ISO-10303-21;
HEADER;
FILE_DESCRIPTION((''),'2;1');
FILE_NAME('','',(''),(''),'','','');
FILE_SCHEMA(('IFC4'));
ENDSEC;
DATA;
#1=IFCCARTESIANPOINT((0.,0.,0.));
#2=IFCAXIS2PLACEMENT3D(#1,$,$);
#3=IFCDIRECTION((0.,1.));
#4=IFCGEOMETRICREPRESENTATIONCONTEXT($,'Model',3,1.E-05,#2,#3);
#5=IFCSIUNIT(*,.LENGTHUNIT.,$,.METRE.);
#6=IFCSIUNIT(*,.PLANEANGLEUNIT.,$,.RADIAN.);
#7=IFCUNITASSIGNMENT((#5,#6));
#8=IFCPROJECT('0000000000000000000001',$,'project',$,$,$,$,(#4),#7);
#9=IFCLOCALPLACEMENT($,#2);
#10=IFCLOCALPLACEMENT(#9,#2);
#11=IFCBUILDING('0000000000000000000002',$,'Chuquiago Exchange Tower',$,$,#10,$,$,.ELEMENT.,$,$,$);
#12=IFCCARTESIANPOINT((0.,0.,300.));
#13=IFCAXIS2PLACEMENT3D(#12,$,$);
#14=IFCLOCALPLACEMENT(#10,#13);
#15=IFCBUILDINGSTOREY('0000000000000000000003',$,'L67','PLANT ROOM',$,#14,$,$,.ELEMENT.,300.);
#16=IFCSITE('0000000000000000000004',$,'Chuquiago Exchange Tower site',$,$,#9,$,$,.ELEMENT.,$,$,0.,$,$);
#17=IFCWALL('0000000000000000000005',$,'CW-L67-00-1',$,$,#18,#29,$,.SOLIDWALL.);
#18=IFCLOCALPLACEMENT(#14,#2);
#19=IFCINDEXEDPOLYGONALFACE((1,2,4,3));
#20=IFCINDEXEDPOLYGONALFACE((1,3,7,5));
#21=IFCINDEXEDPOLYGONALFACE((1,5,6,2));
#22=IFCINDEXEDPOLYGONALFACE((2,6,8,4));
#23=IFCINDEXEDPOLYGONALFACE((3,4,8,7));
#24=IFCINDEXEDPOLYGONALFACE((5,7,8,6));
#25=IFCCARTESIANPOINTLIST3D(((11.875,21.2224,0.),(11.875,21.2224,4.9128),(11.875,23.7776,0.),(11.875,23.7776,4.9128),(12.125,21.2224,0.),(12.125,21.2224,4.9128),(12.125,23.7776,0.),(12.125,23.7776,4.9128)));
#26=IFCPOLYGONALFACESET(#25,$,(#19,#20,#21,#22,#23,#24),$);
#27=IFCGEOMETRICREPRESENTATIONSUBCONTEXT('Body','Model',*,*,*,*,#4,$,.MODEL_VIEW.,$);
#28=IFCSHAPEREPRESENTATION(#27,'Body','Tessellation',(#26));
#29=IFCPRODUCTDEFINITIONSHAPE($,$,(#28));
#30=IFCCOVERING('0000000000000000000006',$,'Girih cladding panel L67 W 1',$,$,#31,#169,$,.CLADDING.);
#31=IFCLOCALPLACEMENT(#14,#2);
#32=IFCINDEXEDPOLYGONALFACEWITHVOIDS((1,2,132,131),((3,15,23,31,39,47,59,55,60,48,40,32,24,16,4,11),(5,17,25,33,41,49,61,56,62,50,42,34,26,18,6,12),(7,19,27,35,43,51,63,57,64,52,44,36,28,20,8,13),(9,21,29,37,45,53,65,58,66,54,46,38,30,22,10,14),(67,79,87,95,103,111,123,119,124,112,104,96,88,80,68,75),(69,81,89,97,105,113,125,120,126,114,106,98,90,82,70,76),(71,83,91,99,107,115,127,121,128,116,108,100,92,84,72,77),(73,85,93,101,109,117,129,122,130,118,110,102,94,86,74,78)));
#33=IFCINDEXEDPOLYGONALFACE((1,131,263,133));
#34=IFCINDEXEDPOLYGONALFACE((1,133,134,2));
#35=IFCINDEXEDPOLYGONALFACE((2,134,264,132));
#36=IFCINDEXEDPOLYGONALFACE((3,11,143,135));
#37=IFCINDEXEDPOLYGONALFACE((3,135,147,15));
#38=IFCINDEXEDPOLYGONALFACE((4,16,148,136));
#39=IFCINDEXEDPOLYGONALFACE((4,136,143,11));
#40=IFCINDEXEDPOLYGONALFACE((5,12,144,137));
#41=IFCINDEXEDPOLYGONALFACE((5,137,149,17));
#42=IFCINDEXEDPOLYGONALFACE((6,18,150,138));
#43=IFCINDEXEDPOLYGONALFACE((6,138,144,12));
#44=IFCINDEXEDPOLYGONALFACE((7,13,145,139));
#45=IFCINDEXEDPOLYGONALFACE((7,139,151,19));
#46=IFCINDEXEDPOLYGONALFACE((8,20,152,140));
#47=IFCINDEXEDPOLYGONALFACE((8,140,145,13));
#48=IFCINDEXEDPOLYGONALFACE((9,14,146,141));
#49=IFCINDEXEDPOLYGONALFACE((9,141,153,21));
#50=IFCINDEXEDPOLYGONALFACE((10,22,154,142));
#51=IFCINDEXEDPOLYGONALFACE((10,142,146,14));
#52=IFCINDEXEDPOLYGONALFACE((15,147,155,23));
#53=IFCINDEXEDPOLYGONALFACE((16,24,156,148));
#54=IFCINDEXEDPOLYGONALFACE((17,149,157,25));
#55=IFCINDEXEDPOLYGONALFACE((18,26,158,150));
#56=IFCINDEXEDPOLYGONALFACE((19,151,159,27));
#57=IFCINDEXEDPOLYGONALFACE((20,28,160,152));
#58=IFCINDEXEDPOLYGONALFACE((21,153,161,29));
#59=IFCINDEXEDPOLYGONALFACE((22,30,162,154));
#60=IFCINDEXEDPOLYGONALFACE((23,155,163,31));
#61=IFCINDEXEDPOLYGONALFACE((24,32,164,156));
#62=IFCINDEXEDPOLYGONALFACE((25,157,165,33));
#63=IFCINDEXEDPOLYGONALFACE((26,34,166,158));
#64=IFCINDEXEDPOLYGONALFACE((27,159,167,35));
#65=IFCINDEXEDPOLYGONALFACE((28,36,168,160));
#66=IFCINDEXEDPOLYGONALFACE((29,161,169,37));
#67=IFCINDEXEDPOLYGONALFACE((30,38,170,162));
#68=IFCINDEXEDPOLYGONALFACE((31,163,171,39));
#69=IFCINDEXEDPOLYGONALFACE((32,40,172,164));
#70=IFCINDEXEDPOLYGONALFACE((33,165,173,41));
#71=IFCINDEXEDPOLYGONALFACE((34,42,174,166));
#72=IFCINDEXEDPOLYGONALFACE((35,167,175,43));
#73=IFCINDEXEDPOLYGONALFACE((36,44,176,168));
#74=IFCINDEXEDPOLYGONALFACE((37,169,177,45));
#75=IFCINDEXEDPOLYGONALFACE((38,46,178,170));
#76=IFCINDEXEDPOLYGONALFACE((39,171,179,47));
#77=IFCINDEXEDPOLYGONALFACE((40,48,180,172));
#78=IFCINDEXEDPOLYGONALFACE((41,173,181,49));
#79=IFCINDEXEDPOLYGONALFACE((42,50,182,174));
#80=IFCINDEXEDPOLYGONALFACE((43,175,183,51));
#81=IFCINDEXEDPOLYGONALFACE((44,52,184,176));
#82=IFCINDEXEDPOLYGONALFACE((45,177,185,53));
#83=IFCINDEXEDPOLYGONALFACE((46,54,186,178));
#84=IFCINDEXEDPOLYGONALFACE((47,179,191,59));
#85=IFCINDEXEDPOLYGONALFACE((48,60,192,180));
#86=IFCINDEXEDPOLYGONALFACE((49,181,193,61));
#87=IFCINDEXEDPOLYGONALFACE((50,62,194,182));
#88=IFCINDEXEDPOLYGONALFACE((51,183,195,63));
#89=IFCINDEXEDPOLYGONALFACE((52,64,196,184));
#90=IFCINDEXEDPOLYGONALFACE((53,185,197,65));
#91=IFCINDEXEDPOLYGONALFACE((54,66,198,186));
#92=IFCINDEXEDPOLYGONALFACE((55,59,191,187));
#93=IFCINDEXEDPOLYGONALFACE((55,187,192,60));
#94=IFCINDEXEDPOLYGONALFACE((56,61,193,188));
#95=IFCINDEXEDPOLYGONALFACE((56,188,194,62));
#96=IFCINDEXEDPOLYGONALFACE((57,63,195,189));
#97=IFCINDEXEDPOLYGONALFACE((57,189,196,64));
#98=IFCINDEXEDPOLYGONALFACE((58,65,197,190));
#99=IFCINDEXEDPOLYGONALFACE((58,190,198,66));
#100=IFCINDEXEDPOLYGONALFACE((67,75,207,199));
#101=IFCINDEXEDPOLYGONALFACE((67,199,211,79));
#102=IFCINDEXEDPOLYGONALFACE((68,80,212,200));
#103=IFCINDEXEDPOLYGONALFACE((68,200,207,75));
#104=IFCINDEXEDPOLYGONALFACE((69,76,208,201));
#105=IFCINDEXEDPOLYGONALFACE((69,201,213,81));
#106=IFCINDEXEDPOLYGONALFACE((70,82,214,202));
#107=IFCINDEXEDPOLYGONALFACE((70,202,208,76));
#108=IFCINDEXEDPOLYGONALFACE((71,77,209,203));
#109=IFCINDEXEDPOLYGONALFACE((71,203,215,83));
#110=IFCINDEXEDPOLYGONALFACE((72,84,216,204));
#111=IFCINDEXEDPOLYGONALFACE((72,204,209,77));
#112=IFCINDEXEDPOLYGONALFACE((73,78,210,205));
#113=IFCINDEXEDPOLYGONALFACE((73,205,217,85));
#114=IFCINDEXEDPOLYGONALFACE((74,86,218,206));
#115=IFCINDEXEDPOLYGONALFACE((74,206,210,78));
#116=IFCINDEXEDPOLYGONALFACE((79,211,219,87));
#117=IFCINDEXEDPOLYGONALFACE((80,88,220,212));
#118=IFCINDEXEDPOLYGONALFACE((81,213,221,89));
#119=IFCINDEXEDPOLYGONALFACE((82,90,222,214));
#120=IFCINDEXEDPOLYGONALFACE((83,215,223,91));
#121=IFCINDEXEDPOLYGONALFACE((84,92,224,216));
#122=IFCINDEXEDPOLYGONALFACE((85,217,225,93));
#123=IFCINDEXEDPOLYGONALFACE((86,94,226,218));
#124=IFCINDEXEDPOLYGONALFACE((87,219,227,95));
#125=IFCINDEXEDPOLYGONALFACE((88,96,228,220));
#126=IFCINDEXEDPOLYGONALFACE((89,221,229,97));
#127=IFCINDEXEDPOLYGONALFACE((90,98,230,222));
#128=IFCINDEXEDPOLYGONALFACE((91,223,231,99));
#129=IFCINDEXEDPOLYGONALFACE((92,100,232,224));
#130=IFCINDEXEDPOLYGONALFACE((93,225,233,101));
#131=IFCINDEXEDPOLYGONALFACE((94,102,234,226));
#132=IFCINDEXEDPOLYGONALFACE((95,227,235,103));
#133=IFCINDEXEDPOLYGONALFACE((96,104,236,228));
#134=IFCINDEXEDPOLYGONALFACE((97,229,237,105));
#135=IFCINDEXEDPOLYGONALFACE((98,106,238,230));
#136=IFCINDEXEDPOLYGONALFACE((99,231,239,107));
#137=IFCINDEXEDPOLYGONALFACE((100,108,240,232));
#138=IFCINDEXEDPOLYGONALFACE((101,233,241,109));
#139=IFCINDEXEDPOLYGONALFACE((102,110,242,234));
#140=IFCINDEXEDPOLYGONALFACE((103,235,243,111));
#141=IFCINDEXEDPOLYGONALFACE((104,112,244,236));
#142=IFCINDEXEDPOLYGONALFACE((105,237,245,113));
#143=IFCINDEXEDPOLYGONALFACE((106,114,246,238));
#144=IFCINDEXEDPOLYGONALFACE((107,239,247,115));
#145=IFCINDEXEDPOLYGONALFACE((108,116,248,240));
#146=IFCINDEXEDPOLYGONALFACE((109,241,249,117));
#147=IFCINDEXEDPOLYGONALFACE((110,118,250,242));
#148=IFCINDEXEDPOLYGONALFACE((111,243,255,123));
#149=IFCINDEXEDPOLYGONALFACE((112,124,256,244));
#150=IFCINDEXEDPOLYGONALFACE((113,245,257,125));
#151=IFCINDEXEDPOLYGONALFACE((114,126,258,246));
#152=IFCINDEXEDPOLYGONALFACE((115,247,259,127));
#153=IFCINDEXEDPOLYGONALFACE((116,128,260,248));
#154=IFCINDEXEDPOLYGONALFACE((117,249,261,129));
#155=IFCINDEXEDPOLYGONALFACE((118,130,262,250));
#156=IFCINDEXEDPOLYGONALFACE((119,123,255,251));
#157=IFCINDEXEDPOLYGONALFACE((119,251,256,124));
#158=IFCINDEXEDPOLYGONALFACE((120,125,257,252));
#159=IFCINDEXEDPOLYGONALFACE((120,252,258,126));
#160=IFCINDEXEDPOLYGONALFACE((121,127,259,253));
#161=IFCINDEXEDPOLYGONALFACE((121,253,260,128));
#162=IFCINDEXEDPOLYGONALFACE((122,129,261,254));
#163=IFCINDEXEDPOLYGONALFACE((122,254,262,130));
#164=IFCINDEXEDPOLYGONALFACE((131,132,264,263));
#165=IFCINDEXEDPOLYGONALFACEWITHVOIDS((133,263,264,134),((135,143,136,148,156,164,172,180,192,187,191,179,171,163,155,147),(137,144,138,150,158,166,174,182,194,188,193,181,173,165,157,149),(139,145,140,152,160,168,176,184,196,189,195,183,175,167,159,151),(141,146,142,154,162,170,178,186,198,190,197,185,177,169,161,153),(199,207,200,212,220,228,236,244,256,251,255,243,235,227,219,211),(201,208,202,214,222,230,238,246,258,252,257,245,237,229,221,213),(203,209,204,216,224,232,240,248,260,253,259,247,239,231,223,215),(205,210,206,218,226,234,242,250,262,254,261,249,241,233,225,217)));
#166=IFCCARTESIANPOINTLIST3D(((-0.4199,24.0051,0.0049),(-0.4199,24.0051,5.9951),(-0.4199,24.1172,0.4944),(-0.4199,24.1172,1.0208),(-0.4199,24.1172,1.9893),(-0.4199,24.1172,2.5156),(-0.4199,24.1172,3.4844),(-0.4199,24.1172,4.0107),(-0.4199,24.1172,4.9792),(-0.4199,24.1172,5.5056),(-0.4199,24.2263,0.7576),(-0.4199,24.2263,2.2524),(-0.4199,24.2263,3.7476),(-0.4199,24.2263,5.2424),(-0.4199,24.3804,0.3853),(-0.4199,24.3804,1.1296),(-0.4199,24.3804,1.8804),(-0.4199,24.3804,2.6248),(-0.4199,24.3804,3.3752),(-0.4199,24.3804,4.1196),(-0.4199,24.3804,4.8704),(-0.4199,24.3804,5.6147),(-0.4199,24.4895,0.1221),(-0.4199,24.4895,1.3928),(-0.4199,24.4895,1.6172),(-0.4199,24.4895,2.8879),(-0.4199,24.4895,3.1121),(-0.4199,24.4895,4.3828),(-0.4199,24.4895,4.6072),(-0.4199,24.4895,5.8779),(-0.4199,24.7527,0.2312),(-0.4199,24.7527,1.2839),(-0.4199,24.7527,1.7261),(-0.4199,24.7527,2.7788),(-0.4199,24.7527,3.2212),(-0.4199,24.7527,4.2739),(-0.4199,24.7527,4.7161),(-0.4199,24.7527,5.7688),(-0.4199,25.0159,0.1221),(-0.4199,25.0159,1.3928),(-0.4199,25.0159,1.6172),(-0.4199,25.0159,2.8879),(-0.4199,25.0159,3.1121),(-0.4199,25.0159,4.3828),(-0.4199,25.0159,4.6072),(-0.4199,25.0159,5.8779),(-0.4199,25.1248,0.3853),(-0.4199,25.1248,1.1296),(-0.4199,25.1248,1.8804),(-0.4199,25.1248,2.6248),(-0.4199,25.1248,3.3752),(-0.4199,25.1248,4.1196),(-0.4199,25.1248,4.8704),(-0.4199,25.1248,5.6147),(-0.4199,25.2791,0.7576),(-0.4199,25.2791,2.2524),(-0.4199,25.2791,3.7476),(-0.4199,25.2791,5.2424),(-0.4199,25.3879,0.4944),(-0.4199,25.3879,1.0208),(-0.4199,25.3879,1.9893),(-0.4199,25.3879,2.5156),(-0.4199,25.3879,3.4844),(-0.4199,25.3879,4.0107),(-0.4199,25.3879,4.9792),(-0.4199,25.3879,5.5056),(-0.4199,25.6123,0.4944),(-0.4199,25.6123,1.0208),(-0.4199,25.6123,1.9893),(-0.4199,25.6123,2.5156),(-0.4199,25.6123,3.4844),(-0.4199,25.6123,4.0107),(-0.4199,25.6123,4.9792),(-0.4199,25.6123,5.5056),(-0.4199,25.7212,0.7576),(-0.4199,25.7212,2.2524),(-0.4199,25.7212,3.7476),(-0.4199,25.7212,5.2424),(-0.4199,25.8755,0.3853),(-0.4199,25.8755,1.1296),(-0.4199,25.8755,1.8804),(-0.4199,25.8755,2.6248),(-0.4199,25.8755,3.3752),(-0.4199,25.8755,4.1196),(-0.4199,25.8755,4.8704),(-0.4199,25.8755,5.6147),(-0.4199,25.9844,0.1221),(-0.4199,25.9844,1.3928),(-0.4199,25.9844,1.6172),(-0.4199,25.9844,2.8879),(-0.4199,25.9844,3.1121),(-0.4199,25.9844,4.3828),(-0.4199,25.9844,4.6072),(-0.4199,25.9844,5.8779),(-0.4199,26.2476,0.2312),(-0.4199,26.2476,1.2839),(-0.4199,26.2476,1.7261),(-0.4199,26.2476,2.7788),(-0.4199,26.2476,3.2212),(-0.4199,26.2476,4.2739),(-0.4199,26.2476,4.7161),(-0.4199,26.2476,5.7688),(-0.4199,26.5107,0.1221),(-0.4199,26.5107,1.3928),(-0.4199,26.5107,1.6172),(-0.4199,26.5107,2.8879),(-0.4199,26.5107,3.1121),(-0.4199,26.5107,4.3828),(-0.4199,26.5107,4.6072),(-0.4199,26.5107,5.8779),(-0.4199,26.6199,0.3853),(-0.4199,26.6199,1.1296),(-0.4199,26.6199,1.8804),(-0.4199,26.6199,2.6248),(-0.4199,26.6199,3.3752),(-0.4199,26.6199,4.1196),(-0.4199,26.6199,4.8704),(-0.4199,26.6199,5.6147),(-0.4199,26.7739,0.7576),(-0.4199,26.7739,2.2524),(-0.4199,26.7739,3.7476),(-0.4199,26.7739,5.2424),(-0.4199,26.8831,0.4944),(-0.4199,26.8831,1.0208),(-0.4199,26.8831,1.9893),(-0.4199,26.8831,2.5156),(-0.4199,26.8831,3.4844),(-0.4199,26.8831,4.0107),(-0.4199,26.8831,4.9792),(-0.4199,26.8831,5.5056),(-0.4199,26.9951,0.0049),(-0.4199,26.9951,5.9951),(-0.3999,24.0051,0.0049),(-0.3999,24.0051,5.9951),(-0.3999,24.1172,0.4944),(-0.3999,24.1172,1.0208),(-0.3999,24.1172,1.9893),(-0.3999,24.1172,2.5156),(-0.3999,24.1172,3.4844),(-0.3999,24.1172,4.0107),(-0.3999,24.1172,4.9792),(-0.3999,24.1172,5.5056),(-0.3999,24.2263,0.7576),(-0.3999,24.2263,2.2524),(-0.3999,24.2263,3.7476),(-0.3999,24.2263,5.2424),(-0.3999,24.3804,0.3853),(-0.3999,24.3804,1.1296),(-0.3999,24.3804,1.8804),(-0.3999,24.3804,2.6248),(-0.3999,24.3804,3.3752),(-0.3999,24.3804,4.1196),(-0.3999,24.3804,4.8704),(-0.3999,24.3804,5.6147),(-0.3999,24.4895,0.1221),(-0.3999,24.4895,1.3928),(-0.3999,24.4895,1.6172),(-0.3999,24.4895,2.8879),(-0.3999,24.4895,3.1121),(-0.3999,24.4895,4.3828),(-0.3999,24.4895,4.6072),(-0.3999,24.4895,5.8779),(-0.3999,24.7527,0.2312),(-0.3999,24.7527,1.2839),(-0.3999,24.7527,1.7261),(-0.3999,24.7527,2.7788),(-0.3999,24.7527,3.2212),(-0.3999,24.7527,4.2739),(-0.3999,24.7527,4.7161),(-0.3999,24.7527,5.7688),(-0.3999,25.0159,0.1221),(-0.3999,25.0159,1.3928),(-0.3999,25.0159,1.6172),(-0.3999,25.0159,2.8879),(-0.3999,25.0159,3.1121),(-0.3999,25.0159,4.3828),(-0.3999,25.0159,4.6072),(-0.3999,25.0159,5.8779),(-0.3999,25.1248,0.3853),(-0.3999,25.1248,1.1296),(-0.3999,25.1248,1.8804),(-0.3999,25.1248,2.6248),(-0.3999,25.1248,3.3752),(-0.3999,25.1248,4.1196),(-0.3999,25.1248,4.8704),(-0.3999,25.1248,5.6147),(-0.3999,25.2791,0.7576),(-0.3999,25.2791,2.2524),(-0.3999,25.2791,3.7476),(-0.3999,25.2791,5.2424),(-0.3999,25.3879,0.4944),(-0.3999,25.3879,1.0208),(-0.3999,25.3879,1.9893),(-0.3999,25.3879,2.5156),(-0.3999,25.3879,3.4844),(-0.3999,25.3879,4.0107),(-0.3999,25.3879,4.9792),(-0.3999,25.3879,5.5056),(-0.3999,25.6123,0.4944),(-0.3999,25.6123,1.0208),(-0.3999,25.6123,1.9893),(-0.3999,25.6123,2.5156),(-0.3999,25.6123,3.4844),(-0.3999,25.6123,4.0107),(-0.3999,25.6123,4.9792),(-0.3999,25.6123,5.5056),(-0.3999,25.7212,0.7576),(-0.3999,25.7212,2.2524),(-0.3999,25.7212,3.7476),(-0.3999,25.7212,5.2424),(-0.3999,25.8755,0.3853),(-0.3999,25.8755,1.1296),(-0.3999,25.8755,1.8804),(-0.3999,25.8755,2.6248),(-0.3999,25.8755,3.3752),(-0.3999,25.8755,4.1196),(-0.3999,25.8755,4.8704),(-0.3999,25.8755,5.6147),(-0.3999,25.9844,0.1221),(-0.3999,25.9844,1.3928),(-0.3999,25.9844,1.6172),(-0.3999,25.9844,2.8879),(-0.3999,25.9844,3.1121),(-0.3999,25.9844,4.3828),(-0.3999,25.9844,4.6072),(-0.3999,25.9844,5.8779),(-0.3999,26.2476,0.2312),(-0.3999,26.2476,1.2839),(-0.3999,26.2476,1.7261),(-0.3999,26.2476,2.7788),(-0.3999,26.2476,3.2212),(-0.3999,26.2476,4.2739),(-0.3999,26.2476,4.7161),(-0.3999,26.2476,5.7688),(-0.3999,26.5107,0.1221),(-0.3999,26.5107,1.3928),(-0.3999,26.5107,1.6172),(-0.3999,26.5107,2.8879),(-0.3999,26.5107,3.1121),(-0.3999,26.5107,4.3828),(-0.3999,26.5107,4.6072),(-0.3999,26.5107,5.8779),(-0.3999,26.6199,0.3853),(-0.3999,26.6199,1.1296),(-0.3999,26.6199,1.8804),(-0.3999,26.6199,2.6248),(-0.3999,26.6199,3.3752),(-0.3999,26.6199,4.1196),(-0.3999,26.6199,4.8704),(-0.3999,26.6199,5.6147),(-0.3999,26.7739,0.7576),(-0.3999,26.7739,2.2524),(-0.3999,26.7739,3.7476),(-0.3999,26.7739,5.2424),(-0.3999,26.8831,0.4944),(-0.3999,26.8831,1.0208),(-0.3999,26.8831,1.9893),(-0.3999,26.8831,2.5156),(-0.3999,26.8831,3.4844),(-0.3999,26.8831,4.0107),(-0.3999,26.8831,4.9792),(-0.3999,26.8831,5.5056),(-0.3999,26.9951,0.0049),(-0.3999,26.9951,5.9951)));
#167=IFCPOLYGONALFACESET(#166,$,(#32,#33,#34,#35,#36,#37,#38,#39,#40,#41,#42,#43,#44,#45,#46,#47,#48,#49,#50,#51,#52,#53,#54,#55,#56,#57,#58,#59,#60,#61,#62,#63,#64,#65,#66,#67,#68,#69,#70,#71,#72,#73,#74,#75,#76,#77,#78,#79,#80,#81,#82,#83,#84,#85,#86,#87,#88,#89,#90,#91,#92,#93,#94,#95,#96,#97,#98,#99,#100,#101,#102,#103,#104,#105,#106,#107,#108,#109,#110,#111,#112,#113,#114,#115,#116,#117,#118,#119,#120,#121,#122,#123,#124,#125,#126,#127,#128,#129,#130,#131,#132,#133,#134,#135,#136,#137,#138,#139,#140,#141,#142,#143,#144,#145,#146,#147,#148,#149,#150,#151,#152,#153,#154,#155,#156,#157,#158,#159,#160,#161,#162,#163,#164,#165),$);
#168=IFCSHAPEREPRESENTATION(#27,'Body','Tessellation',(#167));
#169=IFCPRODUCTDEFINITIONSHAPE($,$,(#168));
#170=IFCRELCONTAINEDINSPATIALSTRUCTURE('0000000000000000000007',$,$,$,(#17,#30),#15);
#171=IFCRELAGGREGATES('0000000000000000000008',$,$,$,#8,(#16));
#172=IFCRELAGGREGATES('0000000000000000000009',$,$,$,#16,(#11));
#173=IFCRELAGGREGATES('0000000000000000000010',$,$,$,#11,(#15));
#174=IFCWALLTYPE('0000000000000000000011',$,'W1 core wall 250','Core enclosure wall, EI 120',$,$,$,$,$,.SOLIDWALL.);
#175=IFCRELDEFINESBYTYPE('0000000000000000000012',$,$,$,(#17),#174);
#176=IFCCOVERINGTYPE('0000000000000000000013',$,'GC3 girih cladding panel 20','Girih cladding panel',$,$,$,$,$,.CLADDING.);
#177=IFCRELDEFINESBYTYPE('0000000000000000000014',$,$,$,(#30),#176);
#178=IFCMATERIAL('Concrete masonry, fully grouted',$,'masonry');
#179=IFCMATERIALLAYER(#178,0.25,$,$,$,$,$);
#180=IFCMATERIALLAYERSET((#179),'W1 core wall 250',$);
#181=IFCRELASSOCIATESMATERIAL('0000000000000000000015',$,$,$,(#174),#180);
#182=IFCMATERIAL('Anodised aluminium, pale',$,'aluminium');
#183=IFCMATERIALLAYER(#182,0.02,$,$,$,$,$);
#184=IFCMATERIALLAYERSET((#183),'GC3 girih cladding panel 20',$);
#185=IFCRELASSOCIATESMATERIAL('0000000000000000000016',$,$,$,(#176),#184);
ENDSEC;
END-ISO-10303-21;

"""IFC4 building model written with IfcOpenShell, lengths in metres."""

from ifc_helpers import new_model, si_unit, direction, frame, frame_2d, origin, place, context, subcontext, project, spatial, polyline, rectangle, outline, extrude, material, layer, layer_set, type_object, element, save


model = new_model("IFC4")

# Units and contexts
model_context = context("Model", 3, precision=1e-05, world=origin(), true_north=direction((0.0, 1.0)))
body_context = subcontext(model_context, "Body", "Model", "MODEL_VIEW")
ifc_project = project(units=[si_unit("LENGTHUNIT", "METRE"), si_unit("PLANEANGLEUNIT", "RADIAN")], contexts=[model_context])

# Site, building, storey
site_placement = place(None, origin())
site = spatial("IfcSite", under=ifc_project, at=site_placement, Name="Chuquiago Exchange Tower site", CompositionType="ELEMENT", RefElevation=0.0)
building_placement = place(site_placement, origin())
building = spatial("IfcBuilding", under=site, at=building_placement, Name="Chuquiago Exchange Tower", CompositionType="ELEMENT")
storey_placement = place(building_placement, frame((0.0, 0.0, 300.0)))
storey = spatial("IfcBuildingStorey", under=building, at=storey_placement, Name="L67", Description="PLANT ROOM", CompositionType="ELEMENT", Elevation=300.0)

# Wall
ifc_material_1 = material(Name="Concrete masonry, fully grouted", Category="masonry")
ifc_layer_1 = layer(ifc_material_1, 0.25)
ifc_layer_set_1 = layer_set([ifc_layer_1], Name="W1 core wall 250")
wall_type = type_object("IfcWallType", Name="W1 core wall 250", Description="Core enclosure wall, EI 120", PredefinedType="SOLIDWALL", material=ifc_layer_set_1)
wall_placement = place(storey_placement, frame((12.0, 21.2224, 0.0), z_axis=(0.0, 0.0, 1.0), x_axis=(0.0, 1.0, 0.0)))
element("IfcWall", 1, at=wall_placement, inside=storey, type_object=wall_type, Name="CW-L67-00-1", PredefinedType="SOLIDWALL", context=body_context, shape_type="SweptSolid", body=[
    extrude(rectangle(XDim=2.5552, YDim=0.25, at=frame_2d((1.2776, 0.0))), origin(), (0.0, 0.0, 1.0), 4.9128),
])

# Covering
ifc_material_2 = material(Name="Anodised aluminium, pale", Category="aluminium")
ifc_layer_2 = layer(ifc_material_2, 0.02)
ifc_layer_set_2 = layer_set([ifc_layer_2], Name="GC3 girih cladding panel 20")
covering_type_1 = type_object("IfcCoveringType", Name="GC3 girih cladding panel 20", Description="Girih cladding panel", PredefinedType="CLADDING", material=ifc_layer_set_2)
covering_1_placement = place(storey_placement, frame((-0.3999, 26.9951, 0.0049), z_axis=(0.0, 0.0, 1.0), x_axis=(0.0, -1.0, 0.0)))
element("IfcCovering", 2, at=covering_1_placement, inside=storey, type_object=covering_type_1, Name="Girih cladding panel L67 W 1", PredefinedType="CLADDING", context=body_context, shape_type="SweptSolid", body=[
    extrude(outline(polyline([(0.0, 0.0), (2.99, 0.0), (2.99, 5.9902), (0.0, 5.9902), (0.0, 0.0)]), holes=[polyline([(1.2739, 0.7527), (1.3828, 1.0159), (1.1196, 1.1248), (1.0107, 1.3879), (0.7476, 1.2791), (0.4844, 1.3879), (0.3752, 1.1248), (0.1121, 1.0159), (0.2212, 0.7527), (0.1121, 0.4895), (0.3752, 0.3804), (0.4844, 0.1172), (0.7476, 0.2263), (1.0107, 0.1172), (1.1196, 0.3804), (1.3828, 0.4895), (1.2739, 0.7527)]), polyline([(2.7688, 0.7527), (2.8779, 1.0159), (2.6147, 1.1248), (2.5056, 1.3879), (2.2424, 1.2791), (1.9792, 1.3879), (1.8704, 1.1248), (1.6072, 1.0159), (1.7161, 0.7527), (1.6072, 0.4895), (1.8704, 0.3804), (1.9792, 0.1172), (2.2424, 0.2263), (2.5056, 0.1172), (2.6147, 0.3804), (2.8779, 0.4895), (2.7688, 0.7527)]), polyline([(1.2739, 2.2476), (1.3828, 2.5107), (1.1196, 2.6199), (1.0107, 2.8831), (0.7476, 2.7739), (0.4844, 2.8831), (0.3752, 2.6199), (0.1121, 2.5107), (0.2212, 2.2476), (0.1121, 1.9844), (0.3752, 1.8755), (0.4844, 1.6123), (0.7476, 1.7212), (1.0107, 1.6123), (1.1196, 1.8755), (1.3828, 1.9844), (1.2739, 2.2476)]), polyline([(2.7688, 2.2476), (2.8779, 2.5107), (2.6147, 2.6199), (2.5056, 2.8831), (2.2424, 2.7739), (1.9792, 2.8831), (1.8704, 2.6199), (1.6072, 2.5107), (1.7161, 2.2476), (1.6072, 1.9844), (1.8704, 1.8755), (1.9792, 1.6123), (2.2424, 1.7212), (2.5056, 1.6123), (2.6147, 1.8755), (2.8779, 1.9844), (2.7688, 2.2476)]), polyline([(1.2739, 3.7427), (1.3828, 4.0059), (1.1196, 4.1147), (1.0107, 4.3779), (0.7476, 4.269), (0.4844, 4.3779), (0.3752, 4.1147), (0.1121, 4.0059), (0.2212, 3.7427), (0.1121, 3.4795), (0.3752, 3.3704), (0.4844, 3.1072), (0.7476, 3.2163), (1.0107, 3.1072), (1.1196, 3.3704), (1.3828, 3.4795), (1.2739, 3.7427)]), polyline([(2.7688, 3.7427), (2.8779, 4.0059), (2.6147, 4.1147), (2.5056, 4.3779), (2.2424, 4.269), (1.9792, 4.3779), (1.8704, 4.1147), (1.6072, 4.0059), (1.7161, 3.7427), (1.6072, 3.4795), (1.8704, 3.3704), (1.9792, 3.1072), (2.2424, 3.2163), (2.5056, 3.1072), (2.6147, 3.3704), (2.8779, 3.4795), (2.7688, 3.7427)]), polyline([(1.2739, 5.2375), (1.3828, 5.5007), (1.1196, 5.6099), (1.0107, 5.873), (0.7476, 5.7639), (0.4844, 5.873), (0.3752, 5.6099), (0.1121, 5.5007), (0.2212, 5.2375), (0.1121, 4.9744), (0.3752, 4.8655), (0.4844, 4.6023), (0.7476, 4.7112), (1.0107, 4.6023), (1.1196, 4.8655), (1.3828, 4.9744), (1.2739, 5.2375)]), polyline([(2.7688, 5.2375), (2.8779, 5.5007), (2.6147, 5.6099), (2.5056, 5.873), (2.2424, 5.7639), (1.9792, 5.873), (1.8704, 5.6099), (1.6072, 5.5007), (1.7161, 5.2375), (1.6072, 4.9744), (1.8704, 4.8655), (1.9792, 4.6023), (2.2424, 4.7112), (2.5056, 4.6023), (2.6147, 4.8655), (2.8779, 4.9744), (2.7688, 5.2375)])]), frame((0.0, 0.0, 0.0), z_axis=(0.0, -1.0, 0.0), x_axis=(1.0, 0.0, 0.0)), (0.0, 0.0, 1.0), 0.02),
])

save(model, "model.ifc")
